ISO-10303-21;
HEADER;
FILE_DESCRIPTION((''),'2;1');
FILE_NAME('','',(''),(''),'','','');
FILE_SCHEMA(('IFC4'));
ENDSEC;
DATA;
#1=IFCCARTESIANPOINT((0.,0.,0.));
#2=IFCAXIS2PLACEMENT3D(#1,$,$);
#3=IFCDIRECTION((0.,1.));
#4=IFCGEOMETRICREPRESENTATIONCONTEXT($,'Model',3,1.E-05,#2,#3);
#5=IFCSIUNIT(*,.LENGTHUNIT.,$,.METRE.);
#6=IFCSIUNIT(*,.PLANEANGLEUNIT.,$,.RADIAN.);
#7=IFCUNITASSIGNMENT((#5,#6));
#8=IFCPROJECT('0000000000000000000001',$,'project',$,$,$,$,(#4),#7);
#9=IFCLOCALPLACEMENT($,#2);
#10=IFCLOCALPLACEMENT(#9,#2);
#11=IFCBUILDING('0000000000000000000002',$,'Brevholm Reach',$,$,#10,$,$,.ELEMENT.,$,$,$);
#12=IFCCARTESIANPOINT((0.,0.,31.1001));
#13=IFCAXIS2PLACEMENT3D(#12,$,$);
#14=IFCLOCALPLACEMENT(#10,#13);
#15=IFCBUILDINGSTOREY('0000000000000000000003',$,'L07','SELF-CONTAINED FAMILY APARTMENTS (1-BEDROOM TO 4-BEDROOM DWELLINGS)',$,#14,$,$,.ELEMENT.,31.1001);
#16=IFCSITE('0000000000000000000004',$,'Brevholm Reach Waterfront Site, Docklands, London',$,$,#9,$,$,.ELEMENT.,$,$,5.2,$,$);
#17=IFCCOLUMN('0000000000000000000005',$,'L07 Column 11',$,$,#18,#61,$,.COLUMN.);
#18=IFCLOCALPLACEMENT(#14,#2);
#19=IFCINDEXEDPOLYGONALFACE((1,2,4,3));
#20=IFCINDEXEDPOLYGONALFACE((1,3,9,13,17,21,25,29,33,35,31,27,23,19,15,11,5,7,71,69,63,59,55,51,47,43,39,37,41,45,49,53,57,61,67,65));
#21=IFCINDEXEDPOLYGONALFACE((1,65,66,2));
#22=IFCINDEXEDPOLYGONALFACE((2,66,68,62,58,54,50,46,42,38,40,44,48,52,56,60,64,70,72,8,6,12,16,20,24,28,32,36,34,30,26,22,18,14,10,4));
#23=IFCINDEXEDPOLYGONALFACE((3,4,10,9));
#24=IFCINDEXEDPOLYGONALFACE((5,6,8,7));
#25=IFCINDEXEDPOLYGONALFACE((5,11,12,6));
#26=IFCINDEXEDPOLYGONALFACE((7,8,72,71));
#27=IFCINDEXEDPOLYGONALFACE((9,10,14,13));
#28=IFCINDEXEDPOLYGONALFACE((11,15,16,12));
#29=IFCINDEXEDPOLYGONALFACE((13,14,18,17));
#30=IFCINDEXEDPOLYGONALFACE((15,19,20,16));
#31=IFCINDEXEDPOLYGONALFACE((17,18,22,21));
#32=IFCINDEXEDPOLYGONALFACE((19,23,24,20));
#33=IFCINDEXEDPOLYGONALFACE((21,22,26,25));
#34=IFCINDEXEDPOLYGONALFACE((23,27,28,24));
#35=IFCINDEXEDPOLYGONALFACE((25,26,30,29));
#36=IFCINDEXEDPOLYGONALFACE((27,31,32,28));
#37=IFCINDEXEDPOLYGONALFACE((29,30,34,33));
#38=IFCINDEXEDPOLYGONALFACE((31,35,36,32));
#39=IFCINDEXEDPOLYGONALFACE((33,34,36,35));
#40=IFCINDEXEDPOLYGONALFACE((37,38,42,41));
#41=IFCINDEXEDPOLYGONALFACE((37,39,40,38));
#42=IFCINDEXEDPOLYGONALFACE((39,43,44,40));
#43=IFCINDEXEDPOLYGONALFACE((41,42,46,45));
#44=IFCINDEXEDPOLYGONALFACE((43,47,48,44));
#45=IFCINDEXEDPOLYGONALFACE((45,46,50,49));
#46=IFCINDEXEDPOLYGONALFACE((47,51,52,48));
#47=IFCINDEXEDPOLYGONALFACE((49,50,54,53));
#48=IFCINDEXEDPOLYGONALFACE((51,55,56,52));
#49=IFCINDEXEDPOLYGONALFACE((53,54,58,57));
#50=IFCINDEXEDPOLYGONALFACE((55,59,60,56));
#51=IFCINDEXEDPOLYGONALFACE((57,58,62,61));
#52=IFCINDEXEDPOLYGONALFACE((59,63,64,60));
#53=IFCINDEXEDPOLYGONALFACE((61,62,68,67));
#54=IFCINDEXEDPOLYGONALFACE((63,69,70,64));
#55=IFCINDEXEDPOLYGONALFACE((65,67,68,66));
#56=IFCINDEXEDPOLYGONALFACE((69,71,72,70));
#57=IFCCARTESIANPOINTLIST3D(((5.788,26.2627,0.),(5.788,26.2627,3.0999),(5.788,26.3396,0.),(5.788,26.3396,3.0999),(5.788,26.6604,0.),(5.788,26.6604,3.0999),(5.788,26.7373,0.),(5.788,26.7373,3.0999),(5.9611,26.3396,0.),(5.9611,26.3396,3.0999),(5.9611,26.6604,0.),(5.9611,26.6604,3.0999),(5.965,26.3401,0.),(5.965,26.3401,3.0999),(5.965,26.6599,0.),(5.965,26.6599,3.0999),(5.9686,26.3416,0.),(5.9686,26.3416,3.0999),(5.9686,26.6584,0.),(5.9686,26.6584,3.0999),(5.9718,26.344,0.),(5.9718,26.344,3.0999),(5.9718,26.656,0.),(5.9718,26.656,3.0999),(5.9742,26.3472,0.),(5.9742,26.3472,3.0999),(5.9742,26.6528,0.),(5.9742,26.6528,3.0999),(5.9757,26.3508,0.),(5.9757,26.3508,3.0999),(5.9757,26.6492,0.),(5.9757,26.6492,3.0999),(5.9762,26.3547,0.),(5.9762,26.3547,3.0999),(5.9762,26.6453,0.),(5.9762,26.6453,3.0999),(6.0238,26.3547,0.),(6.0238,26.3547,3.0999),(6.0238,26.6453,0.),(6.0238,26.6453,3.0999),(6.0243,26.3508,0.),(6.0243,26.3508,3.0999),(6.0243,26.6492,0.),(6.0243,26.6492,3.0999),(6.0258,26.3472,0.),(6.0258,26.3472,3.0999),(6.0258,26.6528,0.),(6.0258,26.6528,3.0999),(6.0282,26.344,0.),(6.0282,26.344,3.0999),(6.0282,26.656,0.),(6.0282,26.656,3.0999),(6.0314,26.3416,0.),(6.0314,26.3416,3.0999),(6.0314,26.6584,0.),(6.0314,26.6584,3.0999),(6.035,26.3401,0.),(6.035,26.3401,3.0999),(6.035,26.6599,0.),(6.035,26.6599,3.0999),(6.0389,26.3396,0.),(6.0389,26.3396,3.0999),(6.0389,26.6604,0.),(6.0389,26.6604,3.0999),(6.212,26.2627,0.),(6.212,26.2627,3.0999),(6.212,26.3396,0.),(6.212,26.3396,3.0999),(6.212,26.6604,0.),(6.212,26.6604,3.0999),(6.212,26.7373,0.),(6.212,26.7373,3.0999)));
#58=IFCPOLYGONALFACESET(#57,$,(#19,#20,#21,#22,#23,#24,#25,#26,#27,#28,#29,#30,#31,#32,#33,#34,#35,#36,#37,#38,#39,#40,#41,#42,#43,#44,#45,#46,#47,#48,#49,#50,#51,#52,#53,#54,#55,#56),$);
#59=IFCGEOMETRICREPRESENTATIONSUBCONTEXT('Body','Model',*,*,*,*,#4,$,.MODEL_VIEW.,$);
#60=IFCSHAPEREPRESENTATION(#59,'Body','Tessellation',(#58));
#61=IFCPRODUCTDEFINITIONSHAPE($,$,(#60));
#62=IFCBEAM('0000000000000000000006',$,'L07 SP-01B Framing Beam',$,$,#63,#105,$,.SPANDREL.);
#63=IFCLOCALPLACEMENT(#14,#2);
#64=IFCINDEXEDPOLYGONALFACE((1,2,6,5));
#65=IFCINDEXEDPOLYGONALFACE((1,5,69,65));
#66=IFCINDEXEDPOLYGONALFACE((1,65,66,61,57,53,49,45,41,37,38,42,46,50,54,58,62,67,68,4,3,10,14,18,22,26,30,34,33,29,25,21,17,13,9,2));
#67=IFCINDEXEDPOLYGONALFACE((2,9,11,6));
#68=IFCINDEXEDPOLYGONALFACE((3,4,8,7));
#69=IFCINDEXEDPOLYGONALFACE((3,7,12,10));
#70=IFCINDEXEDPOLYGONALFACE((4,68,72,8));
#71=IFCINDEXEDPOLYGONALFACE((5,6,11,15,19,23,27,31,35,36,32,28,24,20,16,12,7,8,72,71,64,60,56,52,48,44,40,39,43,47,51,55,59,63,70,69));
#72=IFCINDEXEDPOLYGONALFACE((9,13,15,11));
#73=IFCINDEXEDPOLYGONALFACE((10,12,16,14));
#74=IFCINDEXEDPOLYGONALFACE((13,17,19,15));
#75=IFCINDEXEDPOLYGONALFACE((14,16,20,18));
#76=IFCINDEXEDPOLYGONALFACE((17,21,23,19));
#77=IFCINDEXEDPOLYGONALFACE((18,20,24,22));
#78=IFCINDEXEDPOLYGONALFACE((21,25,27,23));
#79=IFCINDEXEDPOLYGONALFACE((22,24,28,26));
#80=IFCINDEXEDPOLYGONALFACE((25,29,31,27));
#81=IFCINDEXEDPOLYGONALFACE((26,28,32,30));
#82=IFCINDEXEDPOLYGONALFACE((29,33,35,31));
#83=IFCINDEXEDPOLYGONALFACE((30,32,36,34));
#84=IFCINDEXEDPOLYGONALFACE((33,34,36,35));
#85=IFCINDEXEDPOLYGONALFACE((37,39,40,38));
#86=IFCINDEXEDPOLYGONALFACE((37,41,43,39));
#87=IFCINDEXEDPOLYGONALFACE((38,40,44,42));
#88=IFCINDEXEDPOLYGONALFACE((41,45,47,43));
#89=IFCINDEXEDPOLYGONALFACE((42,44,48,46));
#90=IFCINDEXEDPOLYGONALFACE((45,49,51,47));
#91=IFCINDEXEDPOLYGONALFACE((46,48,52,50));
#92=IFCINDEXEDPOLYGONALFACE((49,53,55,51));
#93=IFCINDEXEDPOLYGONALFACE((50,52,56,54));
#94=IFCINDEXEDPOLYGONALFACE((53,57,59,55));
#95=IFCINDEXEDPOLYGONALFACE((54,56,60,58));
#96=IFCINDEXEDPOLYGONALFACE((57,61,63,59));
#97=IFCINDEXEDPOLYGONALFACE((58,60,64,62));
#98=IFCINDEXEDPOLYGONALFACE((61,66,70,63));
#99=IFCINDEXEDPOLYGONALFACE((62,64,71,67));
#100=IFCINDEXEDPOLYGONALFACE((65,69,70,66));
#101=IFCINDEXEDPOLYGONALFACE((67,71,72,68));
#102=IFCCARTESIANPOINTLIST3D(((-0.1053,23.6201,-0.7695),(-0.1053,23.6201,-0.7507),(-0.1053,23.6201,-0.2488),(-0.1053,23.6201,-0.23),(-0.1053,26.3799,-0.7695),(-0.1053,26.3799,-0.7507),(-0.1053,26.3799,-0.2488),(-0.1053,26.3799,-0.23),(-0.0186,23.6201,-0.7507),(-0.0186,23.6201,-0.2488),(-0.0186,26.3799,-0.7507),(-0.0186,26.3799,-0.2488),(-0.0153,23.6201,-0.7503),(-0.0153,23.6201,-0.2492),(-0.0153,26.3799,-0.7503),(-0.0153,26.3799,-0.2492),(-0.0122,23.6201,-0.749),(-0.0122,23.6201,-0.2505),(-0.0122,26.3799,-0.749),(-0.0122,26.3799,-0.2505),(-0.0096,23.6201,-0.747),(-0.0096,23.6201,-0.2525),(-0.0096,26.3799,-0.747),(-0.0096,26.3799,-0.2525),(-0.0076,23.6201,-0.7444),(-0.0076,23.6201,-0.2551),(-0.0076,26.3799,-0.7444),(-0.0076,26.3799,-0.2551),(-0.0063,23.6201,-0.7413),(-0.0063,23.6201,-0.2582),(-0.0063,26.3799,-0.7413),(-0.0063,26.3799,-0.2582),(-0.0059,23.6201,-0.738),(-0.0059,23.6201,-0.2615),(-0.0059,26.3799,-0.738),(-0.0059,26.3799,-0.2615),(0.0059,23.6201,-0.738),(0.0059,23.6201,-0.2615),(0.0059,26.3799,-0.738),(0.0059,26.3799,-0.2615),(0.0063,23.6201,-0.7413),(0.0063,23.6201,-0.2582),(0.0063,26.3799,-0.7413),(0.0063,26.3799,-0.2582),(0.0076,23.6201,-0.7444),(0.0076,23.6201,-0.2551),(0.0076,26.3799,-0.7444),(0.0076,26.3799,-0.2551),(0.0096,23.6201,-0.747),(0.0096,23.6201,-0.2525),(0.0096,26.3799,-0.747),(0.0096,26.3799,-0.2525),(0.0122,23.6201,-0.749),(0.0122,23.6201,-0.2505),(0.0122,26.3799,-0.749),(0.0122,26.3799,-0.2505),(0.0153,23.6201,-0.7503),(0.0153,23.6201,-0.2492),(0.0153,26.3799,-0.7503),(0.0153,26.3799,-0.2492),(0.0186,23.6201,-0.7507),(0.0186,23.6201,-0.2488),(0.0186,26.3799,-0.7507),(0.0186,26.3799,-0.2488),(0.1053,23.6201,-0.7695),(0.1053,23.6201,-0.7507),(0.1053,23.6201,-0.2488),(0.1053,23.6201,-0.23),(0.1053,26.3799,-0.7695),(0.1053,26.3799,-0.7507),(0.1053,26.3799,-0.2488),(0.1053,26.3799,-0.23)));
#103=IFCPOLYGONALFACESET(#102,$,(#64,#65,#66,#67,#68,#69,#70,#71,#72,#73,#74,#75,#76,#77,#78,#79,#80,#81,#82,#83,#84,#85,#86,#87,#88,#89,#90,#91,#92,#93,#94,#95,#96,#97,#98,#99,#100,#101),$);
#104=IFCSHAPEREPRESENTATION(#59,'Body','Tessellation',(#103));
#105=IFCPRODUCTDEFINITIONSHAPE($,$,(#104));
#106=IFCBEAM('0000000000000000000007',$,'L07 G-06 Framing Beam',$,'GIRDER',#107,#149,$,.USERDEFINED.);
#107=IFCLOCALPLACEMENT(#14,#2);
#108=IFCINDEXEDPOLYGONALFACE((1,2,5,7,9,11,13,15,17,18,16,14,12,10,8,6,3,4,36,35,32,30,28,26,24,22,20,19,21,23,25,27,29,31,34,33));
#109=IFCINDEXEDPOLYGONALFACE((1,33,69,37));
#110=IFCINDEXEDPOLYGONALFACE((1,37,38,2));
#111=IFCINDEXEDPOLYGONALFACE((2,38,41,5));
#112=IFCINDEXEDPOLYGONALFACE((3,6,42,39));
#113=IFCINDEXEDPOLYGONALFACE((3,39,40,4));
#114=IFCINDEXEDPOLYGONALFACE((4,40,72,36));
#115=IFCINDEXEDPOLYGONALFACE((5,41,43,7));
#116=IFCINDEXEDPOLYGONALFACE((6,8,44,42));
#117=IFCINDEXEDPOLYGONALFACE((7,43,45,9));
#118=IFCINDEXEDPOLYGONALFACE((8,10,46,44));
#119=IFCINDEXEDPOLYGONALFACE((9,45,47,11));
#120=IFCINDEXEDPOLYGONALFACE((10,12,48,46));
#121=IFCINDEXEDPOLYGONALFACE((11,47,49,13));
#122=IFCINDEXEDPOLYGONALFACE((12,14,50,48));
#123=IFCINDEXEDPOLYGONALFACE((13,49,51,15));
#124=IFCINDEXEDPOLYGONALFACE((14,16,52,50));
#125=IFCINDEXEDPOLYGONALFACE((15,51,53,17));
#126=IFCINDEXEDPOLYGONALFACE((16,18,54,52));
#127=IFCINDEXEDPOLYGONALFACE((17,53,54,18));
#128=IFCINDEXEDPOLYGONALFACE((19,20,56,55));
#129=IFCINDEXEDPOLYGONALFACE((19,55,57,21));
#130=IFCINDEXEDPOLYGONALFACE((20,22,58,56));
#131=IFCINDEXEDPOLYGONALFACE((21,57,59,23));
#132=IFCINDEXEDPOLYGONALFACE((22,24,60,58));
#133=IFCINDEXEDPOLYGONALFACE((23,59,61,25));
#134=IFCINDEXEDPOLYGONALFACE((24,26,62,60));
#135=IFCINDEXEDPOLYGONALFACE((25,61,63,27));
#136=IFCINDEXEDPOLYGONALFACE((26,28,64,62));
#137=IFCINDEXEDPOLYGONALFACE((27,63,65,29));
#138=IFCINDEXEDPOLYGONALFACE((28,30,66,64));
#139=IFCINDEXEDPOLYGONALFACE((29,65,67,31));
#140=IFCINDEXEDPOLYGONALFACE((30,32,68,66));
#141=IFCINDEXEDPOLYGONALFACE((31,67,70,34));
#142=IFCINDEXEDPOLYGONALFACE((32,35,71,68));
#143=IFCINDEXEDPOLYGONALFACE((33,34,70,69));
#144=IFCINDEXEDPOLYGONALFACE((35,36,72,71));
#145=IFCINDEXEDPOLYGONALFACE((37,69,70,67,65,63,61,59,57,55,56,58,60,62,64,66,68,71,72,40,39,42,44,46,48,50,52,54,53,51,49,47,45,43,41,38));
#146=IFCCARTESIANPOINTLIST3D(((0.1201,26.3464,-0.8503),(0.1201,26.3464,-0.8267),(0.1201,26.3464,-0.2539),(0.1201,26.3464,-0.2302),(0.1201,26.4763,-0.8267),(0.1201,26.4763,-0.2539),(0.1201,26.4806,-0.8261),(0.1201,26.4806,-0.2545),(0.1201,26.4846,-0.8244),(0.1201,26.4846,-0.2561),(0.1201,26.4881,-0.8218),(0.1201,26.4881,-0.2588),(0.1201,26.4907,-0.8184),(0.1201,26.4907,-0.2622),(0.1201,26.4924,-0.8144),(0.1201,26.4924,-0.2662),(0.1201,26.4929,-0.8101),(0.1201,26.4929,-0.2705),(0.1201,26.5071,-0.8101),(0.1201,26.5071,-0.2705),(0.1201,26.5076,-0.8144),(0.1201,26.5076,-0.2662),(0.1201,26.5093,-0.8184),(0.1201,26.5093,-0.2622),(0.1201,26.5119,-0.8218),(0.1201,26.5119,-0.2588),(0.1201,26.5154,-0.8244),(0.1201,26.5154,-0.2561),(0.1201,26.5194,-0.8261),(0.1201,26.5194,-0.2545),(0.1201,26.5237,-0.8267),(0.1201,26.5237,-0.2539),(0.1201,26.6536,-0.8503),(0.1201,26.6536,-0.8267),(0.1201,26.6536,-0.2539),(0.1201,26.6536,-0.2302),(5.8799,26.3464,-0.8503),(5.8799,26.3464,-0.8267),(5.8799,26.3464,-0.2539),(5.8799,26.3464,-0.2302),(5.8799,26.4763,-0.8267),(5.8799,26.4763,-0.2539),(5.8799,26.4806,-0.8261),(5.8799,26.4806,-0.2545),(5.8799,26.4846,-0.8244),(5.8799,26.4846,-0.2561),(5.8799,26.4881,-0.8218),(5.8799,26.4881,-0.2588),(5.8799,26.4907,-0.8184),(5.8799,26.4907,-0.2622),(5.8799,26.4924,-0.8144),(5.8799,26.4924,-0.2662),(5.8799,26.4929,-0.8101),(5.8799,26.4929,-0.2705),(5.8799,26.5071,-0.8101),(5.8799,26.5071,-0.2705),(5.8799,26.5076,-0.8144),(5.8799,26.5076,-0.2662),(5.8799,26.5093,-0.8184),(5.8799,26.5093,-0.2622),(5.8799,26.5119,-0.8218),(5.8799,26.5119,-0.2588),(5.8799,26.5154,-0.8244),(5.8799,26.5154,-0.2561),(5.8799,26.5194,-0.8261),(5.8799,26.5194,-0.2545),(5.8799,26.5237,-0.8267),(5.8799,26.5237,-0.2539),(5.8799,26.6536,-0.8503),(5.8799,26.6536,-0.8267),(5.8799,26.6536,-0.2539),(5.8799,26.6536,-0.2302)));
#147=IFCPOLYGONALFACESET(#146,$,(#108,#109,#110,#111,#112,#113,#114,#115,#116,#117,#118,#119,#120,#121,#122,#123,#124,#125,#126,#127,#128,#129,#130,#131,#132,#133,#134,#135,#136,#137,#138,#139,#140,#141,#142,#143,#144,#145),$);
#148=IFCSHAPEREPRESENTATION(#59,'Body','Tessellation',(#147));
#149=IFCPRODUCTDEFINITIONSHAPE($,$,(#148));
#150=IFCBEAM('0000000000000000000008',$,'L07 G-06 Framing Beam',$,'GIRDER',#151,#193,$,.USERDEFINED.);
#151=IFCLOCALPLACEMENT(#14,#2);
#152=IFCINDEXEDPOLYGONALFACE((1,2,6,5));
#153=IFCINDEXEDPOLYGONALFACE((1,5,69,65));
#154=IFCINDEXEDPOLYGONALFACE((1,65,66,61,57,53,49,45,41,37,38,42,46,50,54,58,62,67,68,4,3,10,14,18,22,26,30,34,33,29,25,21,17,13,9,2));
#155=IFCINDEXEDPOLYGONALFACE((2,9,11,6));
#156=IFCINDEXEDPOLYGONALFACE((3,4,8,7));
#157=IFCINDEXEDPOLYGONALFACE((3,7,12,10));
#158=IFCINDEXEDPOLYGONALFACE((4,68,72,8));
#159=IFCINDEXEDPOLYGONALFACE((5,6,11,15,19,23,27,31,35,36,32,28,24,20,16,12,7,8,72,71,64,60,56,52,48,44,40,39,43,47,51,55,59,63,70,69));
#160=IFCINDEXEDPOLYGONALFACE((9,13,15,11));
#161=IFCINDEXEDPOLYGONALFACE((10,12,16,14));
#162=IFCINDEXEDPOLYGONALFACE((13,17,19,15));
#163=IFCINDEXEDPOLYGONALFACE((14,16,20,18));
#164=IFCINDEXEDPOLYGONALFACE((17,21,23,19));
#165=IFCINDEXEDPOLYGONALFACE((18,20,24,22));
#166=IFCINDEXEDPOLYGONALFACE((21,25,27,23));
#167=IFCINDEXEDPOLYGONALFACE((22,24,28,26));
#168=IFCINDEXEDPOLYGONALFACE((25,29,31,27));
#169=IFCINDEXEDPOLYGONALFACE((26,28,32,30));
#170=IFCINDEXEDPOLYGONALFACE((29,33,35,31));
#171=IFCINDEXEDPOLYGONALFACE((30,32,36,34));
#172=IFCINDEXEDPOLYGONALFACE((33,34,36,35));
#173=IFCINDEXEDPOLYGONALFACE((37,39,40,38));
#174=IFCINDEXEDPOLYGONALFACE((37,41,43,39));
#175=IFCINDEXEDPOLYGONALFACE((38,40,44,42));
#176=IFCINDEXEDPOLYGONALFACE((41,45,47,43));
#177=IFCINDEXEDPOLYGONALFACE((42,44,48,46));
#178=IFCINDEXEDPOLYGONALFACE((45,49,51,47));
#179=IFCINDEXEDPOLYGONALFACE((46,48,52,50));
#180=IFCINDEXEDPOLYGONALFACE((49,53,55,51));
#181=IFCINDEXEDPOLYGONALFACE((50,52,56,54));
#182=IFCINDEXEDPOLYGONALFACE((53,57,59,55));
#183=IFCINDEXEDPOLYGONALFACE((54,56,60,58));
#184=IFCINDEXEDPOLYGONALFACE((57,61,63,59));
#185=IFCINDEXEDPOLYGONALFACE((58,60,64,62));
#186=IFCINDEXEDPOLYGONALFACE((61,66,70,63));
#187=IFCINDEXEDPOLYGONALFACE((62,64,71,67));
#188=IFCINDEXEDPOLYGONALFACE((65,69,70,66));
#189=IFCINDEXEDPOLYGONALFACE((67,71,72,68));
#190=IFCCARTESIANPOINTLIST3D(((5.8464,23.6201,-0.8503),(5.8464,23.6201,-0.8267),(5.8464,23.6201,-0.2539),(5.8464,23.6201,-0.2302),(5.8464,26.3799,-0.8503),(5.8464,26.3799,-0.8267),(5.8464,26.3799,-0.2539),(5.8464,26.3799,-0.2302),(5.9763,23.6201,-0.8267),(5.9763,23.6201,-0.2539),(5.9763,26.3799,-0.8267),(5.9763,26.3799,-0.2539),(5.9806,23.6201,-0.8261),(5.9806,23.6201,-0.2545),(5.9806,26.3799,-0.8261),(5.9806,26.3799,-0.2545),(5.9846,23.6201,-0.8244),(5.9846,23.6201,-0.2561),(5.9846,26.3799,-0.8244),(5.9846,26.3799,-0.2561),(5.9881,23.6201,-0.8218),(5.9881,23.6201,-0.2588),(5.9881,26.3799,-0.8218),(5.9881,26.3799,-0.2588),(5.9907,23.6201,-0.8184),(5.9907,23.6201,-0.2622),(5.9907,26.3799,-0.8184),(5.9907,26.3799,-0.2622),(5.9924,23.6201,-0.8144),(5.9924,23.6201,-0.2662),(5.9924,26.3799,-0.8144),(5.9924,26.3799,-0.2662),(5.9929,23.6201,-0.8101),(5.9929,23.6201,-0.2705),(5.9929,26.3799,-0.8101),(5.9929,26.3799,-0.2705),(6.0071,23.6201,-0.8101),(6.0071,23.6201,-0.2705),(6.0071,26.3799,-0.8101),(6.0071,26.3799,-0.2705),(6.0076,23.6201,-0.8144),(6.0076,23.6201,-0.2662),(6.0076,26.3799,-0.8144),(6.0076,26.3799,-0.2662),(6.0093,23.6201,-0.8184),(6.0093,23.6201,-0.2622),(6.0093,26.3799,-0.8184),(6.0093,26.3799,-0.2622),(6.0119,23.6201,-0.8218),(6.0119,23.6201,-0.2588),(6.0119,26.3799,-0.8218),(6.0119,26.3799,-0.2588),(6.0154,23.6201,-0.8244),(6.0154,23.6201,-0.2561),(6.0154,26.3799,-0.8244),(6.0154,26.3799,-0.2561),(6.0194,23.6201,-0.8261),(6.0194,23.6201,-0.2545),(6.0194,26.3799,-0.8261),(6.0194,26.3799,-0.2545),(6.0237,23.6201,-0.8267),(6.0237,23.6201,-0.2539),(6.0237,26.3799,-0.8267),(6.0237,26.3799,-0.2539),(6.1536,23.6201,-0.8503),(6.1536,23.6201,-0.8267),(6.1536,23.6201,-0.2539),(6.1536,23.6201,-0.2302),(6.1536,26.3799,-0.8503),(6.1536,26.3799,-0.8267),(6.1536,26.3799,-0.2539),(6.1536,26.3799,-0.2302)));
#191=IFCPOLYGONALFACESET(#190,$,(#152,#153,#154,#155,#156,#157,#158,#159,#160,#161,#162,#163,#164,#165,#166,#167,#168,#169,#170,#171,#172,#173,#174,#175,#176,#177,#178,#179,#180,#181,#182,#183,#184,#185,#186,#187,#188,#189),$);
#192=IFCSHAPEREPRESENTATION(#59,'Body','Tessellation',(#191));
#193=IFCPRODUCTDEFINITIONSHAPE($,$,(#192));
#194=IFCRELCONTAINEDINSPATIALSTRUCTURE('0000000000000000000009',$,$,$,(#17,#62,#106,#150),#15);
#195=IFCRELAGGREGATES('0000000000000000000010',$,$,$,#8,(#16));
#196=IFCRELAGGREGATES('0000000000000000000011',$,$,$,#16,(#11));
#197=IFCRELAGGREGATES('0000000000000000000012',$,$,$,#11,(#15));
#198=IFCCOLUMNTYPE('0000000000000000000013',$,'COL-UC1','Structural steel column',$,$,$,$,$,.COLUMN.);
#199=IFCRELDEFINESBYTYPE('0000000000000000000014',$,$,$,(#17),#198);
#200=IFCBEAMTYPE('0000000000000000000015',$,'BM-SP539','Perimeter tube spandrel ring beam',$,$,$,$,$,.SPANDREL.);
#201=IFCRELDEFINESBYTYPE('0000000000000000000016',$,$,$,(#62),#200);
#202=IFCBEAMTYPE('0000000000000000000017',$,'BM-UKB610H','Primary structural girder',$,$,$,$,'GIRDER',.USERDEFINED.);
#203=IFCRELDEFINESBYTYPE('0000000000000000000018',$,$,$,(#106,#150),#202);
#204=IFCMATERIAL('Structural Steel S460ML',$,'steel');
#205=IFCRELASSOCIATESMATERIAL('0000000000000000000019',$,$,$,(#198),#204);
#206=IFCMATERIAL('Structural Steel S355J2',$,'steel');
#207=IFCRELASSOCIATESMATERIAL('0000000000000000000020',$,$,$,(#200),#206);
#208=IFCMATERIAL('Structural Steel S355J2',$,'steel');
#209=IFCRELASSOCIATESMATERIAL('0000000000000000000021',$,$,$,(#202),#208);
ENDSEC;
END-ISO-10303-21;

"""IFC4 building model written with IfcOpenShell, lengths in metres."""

from ifc_helpers import new_model, si_unit, direction, frame, origin, origin_2d, place, context, subcontext, project, spatial, i_section, extrude, material, material_profile, profile_set, type_object, element, save


model = new_model("IFC4")

# Units and contexts
model_context = context("Model", 3, precision=1e-05, world=origin(), true_north=direction((0.0, 1.0)))
body_context = subcontext(model_context, "Body", "Model", "MODEL_VIEW")
ifc_project = project(units=[si_unit("LENGTHUNIT", "METRE"), si_unit("PLANEANGLEUNIT", "RADIAN")], contexts=[model_context])

# Site, building, storey
site_placement = place(None, origin())
site = spatial("IfcSite", under=ifc_project, at=site_placement, Name="Brevholm Reach Waterfront Site, Docklands, London", CompositionType="ELEMENT", RefElevation=5.2)
building_placement = place(site_placement, origin())
building = spatial("IfcBuilding", under=site, at=building_placement, Name="Brevholm Reach", CompositionType="ELEMENT")
storey_placement = place(building_placement, frame((0.0, 0.0, 31.1001)))
storey = spatial("IfcBuildingStorey", under=building, at=storey_placement, Name="L07", Description="SELF-CONTAINED FAMILY APARTMENTS (1-BEDROOM TO 4-BEDROOM DWELLINGS)", CompositionType="ELEMENT", Elevation=31.1001)

# Column
ifc_material_1 = material(Name="Structural Steel S460ML", Category="steel")
ifc_material_profile_1 = material_profile(ifc_material_1, i_section(OverallWidth=0.4241, OverallDepth=0.4746, WebThickness=0.0476, FlangeThickness=0.0769, FilletRadius=0.0151, at=origin_2d()), Name="UKC 356x406x634")
ifc_profile_set_1 = profile_set([ifc_material_profile_1], Name="Structural Steel S460ML")
column_type_1 = type_object("IfcColumnType", Name="COL-UC1", Description="Structural steel column", PredefinedType="COLUMN", material=ifc_profile_set_1)
for number, where, z_axis, x_axis, name in (
    (1, (6.0, 26.5, 0.0), (0.0, 0.0, 1.0), (1.0, 0.0, 0.0), "L07 Column 11"),
):
    element("IfcColumn", number, at=place(storey_placement, frame(where, z_axis=z_axis, x_axis=x_axis)), inside=storey, type_object=column_type_1, Name=name, PredefinedType="COLUMN", context=body_context, shape_type="SweptSolid", body=[
        extrude(i_section(OverallWidth=0.4241, OverallDepth=0.4746, WebThickness=0.0476, FlangeThickness=0.0769, FilletRadius=0.0151, at=origin_2d()), origin(), (0.0, 0.0, 1.0), 3.0999),
    ])

# Beams
ifc_material_2 = material(Name="Structural Steel S355J2", Category="steel")
ifc_material_profile_2 = material_profile(ifc_material_2, i_section(OverallWidth=0.2107, OverallDepth=0.5396, WebThickness=0.0117, FlangeThickness=0.0188, FilletRadius=0.0127, at=origin_2d()), Name="UKB 533x210x109")
ifc_profile_set_2 = profile_set([ifc_material_profile_2], Name="Structural Steel S355J2")
beam_type_1 = type_object("IfcBeamType", Name="BM-SP539", Description="Perimeter tube spandrel ring beam", PredefinedType="SPANDREL", material=ifc_profile_set_2)
beam_1_placement = place(storey_placement, frame((0.0, 23.6201, -0.4998), z_axis=(0.0, 1.0, 0.0), x_axis=(-1.0, 0.0, 0.0)))
element("IfcBeam", 2, at=beam_1_placement, inside=storey, type_object=beam_type_1, Name="L07 SP-01B Framing Beam", PredefinedType="SPANDREL", context=body_context, shape_type="SweptSolid", body=[
    extrude(i_section(OverallWidth=0.2107, OverallDepth=0.5396, WebThickness=0.0117, FlangeThickness=0.0188, FilletRadius=0.0127, at=origin_2d()), origin(), (0.0, 0.0, 1.0), 2.7598),
])
ifc_material_3 = material(Name="Structural Steel S355J2", Category="steel")
ifc_material_profile_3 = material_profile(ifc_material_3, i_section(OverallWidth=0.3071, OverallDepth=0.6201, WebThickness=0.0142, FlangeThickness=0.0237, FilletRadius=0.0166, at=origin_2d()), Name="UKB 610x305x179")
ifc_profile_set_3 = profile_set([ifc_material_profile_3], Name="Structural Steel S355J2")
beam_type_2 = type_object("IfcBeamType", Name="BM-UKB610H", Description="Primary structural girder", ElementType="GIRDER", PredefinedType="USERDEFINED", material=ifc_profile_set_3)
beam_2_placement = place(storey_placement, frame((0.1201, 26.5, -0.5403), z_axis=(1.0, 0.0, 0.0), x_axis=(0.0, 1.0, 0.0)))
element("IfcBeam", 3, at=beam_2_placement, inside=storey, type_object=beam_type_2, Name="L07 G-06 Framing Beam", ObjectType="GIRDER", PredefinedType="USERDEFINED", context=body_context, shape_type="SweptSolid", body=[
    extrude(i_section(OverallWidth=0.3071, OverallDepth=0.6201, WebThickness=0.0142, FlangeThickness=0.0237, FilletRadius=0.0166, at=origin_2d()), origin(), (0.0, 0.0, 1.0), 5.7598),
])
beam_3_placement = place(storey_placement, frame((6.0, 23.6201, -0.5403), z_axis=(0.0, 1.0, 0.0), x_axis=(-1.0, 0.0, 0.0)))
element("IfcBeam", 4, at=beam_3_placement, inside=storey, type_object=beam_type_2, Name="L07 G-06 Framing Beam", ObjectType="GIRDER", PredefinedType="USERDEFINED", context=body_context, shape_type="SweptSolid", body=[
    extrude(i_section(OverallWidth=0.3071, OverallDepth=0.6201, WebThickness=0.0142, FlangeThickness=0.0237, FilletRadius=0.0166, at=origin_2d()), origin(), (0.0, 0.0, 1.0), 2.7598),
])

save(model, "model.ifc")
